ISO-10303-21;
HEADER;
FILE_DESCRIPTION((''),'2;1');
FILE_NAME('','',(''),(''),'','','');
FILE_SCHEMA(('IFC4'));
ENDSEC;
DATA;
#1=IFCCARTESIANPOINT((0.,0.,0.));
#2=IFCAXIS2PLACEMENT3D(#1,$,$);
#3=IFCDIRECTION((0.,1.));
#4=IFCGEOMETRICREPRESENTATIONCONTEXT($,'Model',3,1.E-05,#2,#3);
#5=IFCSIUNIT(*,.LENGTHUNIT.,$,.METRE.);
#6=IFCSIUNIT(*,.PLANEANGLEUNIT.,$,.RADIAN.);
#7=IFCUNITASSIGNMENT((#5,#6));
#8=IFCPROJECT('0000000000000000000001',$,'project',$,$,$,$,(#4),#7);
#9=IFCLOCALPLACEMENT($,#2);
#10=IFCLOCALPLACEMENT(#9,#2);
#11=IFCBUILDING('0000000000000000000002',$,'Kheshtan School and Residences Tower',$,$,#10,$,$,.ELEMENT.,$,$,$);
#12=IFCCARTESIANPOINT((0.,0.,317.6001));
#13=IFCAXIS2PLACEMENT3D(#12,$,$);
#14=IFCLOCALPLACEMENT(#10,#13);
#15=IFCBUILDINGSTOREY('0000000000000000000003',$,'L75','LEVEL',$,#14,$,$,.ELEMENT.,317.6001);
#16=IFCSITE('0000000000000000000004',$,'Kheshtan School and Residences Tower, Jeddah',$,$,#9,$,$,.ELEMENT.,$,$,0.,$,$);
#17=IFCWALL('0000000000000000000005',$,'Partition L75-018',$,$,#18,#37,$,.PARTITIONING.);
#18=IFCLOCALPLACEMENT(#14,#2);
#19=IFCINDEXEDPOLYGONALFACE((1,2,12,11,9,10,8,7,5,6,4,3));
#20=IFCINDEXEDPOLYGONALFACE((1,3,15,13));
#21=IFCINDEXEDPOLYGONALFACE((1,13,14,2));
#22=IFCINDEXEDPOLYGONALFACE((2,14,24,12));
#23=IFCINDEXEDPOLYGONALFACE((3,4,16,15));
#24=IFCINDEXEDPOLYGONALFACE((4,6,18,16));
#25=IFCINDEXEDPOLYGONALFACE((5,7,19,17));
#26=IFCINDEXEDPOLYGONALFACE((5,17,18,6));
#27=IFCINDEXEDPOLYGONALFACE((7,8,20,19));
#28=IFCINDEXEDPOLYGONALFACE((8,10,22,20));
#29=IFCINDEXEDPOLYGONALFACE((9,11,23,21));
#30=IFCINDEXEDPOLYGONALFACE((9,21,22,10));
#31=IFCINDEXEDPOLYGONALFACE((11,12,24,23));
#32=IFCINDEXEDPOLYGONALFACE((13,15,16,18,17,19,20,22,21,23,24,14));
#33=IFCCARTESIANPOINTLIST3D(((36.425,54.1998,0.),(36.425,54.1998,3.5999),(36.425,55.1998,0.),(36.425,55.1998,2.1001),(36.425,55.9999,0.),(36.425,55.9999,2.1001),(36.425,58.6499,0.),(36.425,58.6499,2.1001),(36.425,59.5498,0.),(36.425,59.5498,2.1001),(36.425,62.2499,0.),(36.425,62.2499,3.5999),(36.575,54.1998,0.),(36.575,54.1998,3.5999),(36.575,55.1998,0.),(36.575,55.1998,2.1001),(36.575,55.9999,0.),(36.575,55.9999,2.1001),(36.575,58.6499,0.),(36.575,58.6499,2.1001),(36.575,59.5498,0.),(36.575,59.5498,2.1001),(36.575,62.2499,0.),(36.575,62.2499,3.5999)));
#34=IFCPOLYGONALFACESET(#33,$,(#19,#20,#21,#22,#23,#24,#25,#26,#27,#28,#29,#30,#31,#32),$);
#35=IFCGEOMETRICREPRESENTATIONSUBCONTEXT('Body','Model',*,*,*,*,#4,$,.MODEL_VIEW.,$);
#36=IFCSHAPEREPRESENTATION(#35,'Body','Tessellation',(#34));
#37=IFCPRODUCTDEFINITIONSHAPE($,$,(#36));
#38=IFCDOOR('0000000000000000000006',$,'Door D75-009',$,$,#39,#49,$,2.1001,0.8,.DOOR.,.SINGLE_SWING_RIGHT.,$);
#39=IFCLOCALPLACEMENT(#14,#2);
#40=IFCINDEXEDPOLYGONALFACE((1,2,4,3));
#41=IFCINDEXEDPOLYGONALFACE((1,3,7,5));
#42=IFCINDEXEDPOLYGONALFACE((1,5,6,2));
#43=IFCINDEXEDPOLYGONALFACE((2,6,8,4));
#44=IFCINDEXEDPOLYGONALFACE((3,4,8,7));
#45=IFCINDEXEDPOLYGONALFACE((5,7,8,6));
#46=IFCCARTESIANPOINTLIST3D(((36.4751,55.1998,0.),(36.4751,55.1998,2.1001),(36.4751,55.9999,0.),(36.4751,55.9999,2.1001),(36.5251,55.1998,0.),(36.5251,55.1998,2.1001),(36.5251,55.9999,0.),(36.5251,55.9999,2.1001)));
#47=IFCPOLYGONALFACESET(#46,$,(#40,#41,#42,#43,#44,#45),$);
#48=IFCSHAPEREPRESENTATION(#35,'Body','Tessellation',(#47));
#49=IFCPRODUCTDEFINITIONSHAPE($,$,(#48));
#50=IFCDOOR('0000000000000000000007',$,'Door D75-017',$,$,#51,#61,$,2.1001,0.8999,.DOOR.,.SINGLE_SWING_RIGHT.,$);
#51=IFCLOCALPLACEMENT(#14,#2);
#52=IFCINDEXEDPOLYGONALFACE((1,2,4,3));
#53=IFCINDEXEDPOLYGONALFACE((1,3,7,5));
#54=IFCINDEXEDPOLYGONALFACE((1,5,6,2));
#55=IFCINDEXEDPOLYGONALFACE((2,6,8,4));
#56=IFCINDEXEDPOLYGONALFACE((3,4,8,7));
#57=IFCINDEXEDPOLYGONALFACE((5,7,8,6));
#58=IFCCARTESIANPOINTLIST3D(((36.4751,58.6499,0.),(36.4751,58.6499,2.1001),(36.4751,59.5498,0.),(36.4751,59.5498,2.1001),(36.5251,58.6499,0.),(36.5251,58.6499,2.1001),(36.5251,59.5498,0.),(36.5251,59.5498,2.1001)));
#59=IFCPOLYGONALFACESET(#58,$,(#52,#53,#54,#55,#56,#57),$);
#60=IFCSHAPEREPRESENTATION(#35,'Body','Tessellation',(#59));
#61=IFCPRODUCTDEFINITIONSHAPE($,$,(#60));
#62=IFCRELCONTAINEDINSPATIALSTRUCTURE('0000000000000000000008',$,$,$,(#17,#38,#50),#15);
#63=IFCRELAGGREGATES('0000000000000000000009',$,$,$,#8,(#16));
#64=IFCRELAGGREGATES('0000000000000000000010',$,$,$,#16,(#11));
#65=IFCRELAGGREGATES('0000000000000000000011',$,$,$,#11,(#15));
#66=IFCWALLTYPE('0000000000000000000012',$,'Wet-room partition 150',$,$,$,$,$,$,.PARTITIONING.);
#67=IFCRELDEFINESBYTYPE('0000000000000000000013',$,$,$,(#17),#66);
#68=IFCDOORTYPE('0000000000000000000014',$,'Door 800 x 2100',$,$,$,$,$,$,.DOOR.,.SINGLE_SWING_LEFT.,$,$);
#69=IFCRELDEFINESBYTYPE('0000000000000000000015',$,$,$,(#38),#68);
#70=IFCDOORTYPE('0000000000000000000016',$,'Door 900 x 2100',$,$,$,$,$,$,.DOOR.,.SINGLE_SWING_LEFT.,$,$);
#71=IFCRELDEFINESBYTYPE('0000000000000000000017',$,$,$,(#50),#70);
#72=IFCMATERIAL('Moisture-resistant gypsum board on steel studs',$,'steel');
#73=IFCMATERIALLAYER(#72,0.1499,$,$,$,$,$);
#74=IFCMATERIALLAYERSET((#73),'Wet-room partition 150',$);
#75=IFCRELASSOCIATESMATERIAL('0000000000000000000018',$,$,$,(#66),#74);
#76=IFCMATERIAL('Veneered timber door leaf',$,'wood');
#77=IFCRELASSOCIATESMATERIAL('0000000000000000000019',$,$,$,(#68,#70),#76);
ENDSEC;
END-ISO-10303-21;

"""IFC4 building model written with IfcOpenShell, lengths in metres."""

from ifc_helpers import new_model, si_unit, direction, frame, frame_2d, origin, place, context, subcontext, project, spatial, rectangle, extrude, source, transform, mapped, material, layer, layer_set, type_object, element, fill, save


model = new_model("IFC4")

# Units and contexts
model_context = context("Model", 3, precision=1e-05, world=origin(), true_north=direction((0.0, 1.0)))
body_context = subcontext(model_context, "Body", "Model", "MODEL_VIEW")
ifc_project = project(units=[si_unit("LENGTHUNIT", "METRE"), si_unit("PLANEANGLEUNIT", "RADIAN")], contexts=[model_context])

# Site, building, storey
site_placement = place(None, origin())
site = spatial("IfcSite", under=ifc_project, at=site_placement, Name="Kheshtan School and Residences Tower, Jeddah", CompositionType="ELEMENT", RefElevation=0.0)
building_placement = place(site_placement, origin())
building = spatial("IfcBuilding", under=site, at=building_placement, Name="Kheshtan School and Residences Tower", CompositionType="ELEMENT")
storey_placement = place(building_placement, frame((0.0, 0.0, 317.6001)))
storey = spatial("IfcBuildingStorey", under=building, at=storey_placement, Name="L75", Description="LEVEL", CompositionType="ELEMENT", Elevation=317.6001)

# Shared definitions
ifc_material_1 = material(Name="Moisture-resistant gypsum board on steel studs", Category="steel")
ifc_layer_1 = layer(ifc_material_1, 0.1499)
ifc_layer_set_1 = layer_set([ifc_layer_1], Name="Wet-room partition 150")
wall_type_1 = type_object("IfcWallType", Name="Wet-room partition 150", PredefinedType="PARTITIONING", material=ifc_layer_set_1)

# Wall, openings, doors
wall_1_placement = place(storey_placement, frame((36.5, 54.2, 0.0), z_axis=(0.0, 0.0, 1.0), x_axis=(0.0, 1.0, 0.0)))
wall_1 = element("IfcWall", 1, at=wall_1_placement, inside=storey, type_object=wall_type_1, Name="Partition L75-018", PredefinedType="PARTITIONING", context=body_context, shape_type="SweptSolid", body=[
    extrude(rectangle(XDim=8.05, YDim=0.1499, at=frame_2d((4.0249, 0.0))), origin(), (0.0, 0.0, 1.0), 3.5999),
])
opening_1_placement = place(wall_1_placement, frame((1.0, 0.0, 0.0)))
opening_1 = element("IfcOpeningElement", 2, at=opening_1_placement, cuts=wall_1, PredefinedType="OPENING", context=body_context, shape_type="SweptSolid", body=[
    extrude(rectangle(XDim=0.8, YDim=2.1001, at=frame_2d((0.3999, 1.05))), frame((0.0, 0.085, 0.0), z_axis=(0.0, -1.0, 0.0), x_axis=(1.0, 0.0, 0.0)), (0.0, 0.0, 1.0), 0.1699),
])
opening_2_placement = place(wall_1_placement, frame((4.45, 0.0, 0.0)))
opening_2 = element("IfcOpeningElement", 3, at=opening_2_placement, cuts=wall_1, PredefinedType="OPENING", context=body_context, shape_type="SweptSolid", body=[
    extrude(rectangle(XDim=0.8999, YDim=2.1001, at=frame_2d((0.45, 1.05))), frame((0.0, 0.085, 0.0), z_axis=(0.0, -1.0, 0.0), x_axis=(1.0, 0.0, 0.0)), (0.0, 0.0, 1.0), 0.1699),
])
ifc_material_2 = material(Name="Veneered timber door leaf", Category="wood")
door_type_1 = type_object("IfcDoorType", Name="Door 800 x 2100", OperationType="SINGLE_SWING_LEFT", PredefinedType="DOOR", material=ifc_material_2)
shared_shape_1 = source(origin(), body_context, "Body", "SweptSolid", [
    extrude(rectangle(XDim=0.8, YDim=2.1001, at=frame_2d((0.3999, 1.05))), frame((0.0, 0.0249, 0.0), z_axis=(0.0, -1.0, 0.0), x_axis=(1.0, 0.0, 0.0)), (0.0, 0.0, 1.0), 0.05),
])
door_1_placement = place(opening_1_placement, origin())
door_1 = element("IfcDoor", 4, at=door_1_placement, inside=storey, type_object=door_type_1, Name="Door D75-009", OperationType="SINGLE_SWING_RIGHT", OverallHeight=2.1001, OverallWidth=0.8, PredefinedType="DOOR", context=body_context, shape_type="MappedRepresentation", body=[
    mapped(shared_shape_1, transform((0.0, 0.0, 0.0), x_axis=(1.0, 0.0, 0.0), y_axis=(0.0, 1.0, 0.0), z_axis=(0.0, 0.0, 1.0), scale=1.0)),
])
fill(opening_1, door_1)
door_type_2 = type_object("IfcDoorType", Name="Door 900 x 2100", OperationType="SINGLE_SWING_LEFT", PredefinedType="DOOR", material=ifc_material_2)
shared_shape_2 = source(origin(), body_context, "Body", "SweptSolid", [
    extrude(rectangle(XDim=0.8999, YDim=2.1001, at=frame_2d((0.45, 1.05))), frame((0.0, 0.0249, 0.0), z_axis=(0.0, -1.0, 0.0), x_axis=(1.0, 0.0, 0.0)), (0.0, 0.0, 1.0), 0.05),
])
door_2_placement = place(opening_2_placement, origin())
door_2 = element("IfcDoor", 5, at=door_2_placement, inside=storey, type_object=door_type_2, Name="Door D75-017", OperationType="SINGLE_SWING_RIGHT", OverallHeight=2.1001, OverallWidth=0.8999, PredefinedType="DOOR", context=body_context, shape_type="MappedRepresentation", body=[
    mapped(shared_shape_2, transform((0.0, 0.0, 0.0), x_axis=(1.0, 0.0, 0.0), y_axis=(0.0, 1.0, 0.0), z_axis=(0.0, 0.0, 1.0), scale=1.0)),
])
fill(opening_2, door_2)

save(model, "model.ifc")
